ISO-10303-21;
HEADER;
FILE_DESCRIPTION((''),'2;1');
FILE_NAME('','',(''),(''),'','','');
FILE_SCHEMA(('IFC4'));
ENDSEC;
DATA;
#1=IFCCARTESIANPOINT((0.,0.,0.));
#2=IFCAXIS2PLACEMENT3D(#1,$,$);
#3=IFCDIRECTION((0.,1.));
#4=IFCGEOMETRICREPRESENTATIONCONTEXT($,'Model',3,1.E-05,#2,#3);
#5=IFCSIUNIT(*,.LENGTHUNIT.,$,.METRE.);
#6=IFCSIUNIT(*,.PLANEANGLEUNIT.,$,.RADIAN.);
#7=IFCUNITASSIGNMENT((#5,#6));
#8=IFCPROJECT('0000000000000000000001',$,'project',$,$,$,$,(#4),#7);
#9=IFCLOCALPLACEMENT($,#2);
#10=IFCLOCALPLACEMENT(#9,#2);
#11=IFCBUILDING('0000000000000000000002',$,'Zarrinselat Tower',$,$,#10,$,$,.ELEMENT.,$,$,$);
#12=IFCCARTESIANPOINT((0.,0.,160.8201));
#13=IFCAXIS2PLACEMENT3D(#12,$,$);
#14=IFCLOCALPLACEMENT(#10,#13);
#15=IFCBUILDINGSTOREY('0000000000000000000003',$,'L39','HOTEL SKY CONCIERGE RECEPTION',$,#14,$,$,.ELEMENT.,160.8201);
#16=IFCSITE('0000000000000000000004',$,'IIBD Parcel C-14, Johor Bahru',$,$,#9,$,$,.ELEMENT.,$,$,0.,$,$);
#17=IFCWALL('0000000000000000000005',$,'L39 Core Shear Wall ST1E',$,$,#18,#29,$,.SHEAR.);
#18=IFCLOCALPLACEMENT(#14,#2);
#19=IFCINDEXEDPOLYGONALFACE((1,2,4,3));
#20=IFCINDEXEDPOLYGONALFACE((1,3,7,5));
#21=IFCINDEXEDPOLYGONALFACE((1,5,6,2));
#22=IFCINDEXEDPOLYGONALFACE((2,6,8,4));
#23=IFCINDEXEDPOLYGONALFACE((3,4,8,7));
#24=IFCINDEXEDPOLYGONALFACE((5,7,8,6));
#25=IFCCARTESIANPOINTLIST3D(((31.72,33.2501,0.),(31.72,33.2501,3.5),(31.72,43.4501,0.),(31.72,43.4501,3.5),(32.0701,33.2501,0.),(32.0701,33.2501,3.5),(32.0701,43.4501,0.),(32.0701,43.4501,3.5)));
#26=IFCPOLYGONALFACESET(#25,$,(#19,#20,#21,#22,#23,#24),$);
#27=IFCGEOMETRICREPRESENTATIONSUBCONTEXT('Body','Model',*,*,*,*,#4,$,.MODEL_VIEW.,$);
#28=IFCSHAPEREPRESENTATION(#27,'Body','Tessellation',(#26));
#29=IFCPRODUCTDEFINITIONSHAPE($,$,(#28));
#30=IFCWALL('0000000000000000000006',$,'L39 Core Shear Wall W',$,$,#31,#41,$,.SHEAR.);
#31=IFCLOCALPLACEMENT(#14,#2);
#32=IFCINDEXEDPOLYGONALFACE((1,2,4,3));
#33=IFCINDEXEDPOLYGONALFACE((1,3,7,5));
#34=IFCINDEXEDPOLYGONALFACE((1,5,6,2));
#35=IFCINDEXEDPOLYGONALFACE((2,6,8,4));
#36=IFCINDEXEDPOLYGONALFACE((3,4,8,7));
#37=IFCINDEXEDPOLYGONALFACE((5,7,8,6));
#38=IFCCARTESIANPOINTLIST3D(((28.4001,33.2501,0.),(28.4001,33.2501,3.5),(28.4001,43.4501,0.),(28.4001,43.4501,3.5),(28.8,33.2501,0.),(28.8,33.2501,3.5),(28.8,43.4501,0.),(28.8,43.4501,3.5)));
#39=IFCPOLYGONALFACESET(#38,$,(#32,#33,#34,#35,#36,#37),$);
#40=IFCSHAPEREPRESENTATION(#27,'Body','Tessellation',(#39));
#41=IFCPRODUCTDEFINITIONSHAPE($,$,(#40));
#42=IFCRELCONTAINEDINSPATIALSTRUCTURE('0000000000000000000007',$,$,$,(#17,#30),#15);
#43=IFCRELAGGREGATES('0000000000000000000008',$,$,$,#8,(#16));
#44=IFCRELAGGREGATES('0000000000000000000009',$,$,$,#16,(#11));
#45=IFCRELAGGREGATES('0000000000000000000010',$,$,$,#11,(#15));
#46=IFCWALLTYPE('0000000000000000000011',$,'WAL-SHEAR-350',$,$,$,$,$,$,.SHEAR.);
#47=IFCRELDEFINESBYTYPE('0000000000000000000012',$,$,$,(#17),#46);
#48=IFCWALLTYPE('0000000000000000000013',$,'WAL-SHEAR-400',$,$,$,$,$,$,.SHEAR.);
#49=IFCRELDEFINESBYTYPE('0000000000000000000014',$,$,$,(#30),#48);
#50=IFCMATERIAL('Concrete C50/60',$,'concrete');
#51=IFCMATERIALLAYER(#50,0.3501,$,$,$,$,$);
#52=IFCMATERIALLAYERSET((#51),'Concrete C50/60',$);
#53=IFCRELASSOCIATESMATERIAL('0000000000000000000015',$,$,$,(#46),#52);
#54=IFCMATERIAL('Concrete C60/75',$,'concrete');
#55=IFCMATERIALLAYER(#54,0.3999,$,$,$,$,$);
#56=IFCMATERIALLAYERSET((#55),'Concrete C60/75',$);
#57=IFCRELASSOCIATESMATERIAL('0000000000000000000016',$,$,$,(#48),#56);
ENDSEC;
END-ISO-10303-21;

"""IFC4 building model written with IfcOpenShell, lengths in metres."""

from ifc_helpers import new_model, si_unit, direction, frame, frame_2d, origin, place, context, subcontext, project, spatial, rectangle, extrude, material, layer, layer_set, type_object, element, save


model = new_model("IFC4")

# Units and contexts
model_context = context("Model", 3, precision=1e-05, world=origin(), true_north=direction((0.0, 1.0)))
body_context = subcontext(model_context, "Body", "Model", "MODEL_VIEW")
ifc_project = project(units=[si_unit("LENGTHUNIT", "METRE"), si_unit("PLANEANGLEUNIT", "RADIAN")], contexts=[model_context])

# Site, building, storey
site_placement = place(None, origin())
site = spatial("IfcSite", under=ifc_project, at=site_placement, Name="IIBD Parcel C-14, Johor Bahru", CompositionType="ELEMENT", RefElevation=0.0)
building_placement = place(site_placement, origin())
building = spatial("IfcBuilding", under=site, at=building_placement, Name="Zarrinselat Tower", CompositionType="ELEMENT")
storey_placement = place(building_placement, frame((0.0, 0.0, 160.8201)))
storey = spatial("IfcBuildingStorey", under=building, at=storey_placement, Name="L39", Description="HOTEL SKY CONCIERGE RECEPTION", CompositionType="ELEMENT", Elevation=160.8201)

# Walls
ifc_material_1 = material(Name="Concrete C50/60", Category="concrete")
ifc_layer_1 = layer(ifc_material_1, 0.3501)
ifc_layer_set_1 = layer_set([ifc_layer_1], Name="Concrete C50/60")
wall_type_1 = type_object("IfcWallType", Name="WAL-SHEAR-350", PredefinedType="SHEAR", material=ifc_layer_set_1)
wall_1_placement = place(storey_placement, frame((31.895, 33.25, 0.0), z_axis=(0.0, 0.0, 1.0), x_axis=(0.0, 1.0, 0.0)))
element("IfcWall", 1, at=wall_1_placement, inside=storey, type_object=wall_type_1, Name="L39 Core Shear Wall ST1E", PredefinedType="SHEAR", context=body_context, shape_type="SweptSolid", body=[
    extrude(rectangle(XDim=10.2, YDim=0.3501, at=frame_2d((5.1001, 0.0))), origin(), (0.0, 0.0, 1.0), 3.5),
])
ifc_material_2 = material(Name="Concrete C60/75", Category="concrete")
ifc_layer_2 = layer(ifc_material_2, 0.3999)
ifc_layer_set_2 = layer_set([ifc_layer_2], Name="Concrete C60/75")
wall_type_2 = type_object("IfcWallType", Name="WAL-SHEAR-400", PredefinedType="SHEAR", material=ifc_layer_set_2)
wall_2_placement = place(storey_placement, frame((28.6001, 33.25, 0.0), z_axis=(0.0, 0.0, 1.0), x_axis=(0.0, 1.0, 0.0)))
element("IfcWall", 2, at=wall_2_placement, inside=storey, type_object=wall_type_2, Name="L39 Core Shear Wall W", PredefinedType="SHEAR", context=body_context, shape_type="SweptSolid", body=[
    extrude(rectangle(XDim=10.2, YDim=0.3999, at=frame_2d((5.1001, 0.0))), origin(), (0.0, 0.0, 1.0), 3.5),
])

save(model, "model.ifc")
